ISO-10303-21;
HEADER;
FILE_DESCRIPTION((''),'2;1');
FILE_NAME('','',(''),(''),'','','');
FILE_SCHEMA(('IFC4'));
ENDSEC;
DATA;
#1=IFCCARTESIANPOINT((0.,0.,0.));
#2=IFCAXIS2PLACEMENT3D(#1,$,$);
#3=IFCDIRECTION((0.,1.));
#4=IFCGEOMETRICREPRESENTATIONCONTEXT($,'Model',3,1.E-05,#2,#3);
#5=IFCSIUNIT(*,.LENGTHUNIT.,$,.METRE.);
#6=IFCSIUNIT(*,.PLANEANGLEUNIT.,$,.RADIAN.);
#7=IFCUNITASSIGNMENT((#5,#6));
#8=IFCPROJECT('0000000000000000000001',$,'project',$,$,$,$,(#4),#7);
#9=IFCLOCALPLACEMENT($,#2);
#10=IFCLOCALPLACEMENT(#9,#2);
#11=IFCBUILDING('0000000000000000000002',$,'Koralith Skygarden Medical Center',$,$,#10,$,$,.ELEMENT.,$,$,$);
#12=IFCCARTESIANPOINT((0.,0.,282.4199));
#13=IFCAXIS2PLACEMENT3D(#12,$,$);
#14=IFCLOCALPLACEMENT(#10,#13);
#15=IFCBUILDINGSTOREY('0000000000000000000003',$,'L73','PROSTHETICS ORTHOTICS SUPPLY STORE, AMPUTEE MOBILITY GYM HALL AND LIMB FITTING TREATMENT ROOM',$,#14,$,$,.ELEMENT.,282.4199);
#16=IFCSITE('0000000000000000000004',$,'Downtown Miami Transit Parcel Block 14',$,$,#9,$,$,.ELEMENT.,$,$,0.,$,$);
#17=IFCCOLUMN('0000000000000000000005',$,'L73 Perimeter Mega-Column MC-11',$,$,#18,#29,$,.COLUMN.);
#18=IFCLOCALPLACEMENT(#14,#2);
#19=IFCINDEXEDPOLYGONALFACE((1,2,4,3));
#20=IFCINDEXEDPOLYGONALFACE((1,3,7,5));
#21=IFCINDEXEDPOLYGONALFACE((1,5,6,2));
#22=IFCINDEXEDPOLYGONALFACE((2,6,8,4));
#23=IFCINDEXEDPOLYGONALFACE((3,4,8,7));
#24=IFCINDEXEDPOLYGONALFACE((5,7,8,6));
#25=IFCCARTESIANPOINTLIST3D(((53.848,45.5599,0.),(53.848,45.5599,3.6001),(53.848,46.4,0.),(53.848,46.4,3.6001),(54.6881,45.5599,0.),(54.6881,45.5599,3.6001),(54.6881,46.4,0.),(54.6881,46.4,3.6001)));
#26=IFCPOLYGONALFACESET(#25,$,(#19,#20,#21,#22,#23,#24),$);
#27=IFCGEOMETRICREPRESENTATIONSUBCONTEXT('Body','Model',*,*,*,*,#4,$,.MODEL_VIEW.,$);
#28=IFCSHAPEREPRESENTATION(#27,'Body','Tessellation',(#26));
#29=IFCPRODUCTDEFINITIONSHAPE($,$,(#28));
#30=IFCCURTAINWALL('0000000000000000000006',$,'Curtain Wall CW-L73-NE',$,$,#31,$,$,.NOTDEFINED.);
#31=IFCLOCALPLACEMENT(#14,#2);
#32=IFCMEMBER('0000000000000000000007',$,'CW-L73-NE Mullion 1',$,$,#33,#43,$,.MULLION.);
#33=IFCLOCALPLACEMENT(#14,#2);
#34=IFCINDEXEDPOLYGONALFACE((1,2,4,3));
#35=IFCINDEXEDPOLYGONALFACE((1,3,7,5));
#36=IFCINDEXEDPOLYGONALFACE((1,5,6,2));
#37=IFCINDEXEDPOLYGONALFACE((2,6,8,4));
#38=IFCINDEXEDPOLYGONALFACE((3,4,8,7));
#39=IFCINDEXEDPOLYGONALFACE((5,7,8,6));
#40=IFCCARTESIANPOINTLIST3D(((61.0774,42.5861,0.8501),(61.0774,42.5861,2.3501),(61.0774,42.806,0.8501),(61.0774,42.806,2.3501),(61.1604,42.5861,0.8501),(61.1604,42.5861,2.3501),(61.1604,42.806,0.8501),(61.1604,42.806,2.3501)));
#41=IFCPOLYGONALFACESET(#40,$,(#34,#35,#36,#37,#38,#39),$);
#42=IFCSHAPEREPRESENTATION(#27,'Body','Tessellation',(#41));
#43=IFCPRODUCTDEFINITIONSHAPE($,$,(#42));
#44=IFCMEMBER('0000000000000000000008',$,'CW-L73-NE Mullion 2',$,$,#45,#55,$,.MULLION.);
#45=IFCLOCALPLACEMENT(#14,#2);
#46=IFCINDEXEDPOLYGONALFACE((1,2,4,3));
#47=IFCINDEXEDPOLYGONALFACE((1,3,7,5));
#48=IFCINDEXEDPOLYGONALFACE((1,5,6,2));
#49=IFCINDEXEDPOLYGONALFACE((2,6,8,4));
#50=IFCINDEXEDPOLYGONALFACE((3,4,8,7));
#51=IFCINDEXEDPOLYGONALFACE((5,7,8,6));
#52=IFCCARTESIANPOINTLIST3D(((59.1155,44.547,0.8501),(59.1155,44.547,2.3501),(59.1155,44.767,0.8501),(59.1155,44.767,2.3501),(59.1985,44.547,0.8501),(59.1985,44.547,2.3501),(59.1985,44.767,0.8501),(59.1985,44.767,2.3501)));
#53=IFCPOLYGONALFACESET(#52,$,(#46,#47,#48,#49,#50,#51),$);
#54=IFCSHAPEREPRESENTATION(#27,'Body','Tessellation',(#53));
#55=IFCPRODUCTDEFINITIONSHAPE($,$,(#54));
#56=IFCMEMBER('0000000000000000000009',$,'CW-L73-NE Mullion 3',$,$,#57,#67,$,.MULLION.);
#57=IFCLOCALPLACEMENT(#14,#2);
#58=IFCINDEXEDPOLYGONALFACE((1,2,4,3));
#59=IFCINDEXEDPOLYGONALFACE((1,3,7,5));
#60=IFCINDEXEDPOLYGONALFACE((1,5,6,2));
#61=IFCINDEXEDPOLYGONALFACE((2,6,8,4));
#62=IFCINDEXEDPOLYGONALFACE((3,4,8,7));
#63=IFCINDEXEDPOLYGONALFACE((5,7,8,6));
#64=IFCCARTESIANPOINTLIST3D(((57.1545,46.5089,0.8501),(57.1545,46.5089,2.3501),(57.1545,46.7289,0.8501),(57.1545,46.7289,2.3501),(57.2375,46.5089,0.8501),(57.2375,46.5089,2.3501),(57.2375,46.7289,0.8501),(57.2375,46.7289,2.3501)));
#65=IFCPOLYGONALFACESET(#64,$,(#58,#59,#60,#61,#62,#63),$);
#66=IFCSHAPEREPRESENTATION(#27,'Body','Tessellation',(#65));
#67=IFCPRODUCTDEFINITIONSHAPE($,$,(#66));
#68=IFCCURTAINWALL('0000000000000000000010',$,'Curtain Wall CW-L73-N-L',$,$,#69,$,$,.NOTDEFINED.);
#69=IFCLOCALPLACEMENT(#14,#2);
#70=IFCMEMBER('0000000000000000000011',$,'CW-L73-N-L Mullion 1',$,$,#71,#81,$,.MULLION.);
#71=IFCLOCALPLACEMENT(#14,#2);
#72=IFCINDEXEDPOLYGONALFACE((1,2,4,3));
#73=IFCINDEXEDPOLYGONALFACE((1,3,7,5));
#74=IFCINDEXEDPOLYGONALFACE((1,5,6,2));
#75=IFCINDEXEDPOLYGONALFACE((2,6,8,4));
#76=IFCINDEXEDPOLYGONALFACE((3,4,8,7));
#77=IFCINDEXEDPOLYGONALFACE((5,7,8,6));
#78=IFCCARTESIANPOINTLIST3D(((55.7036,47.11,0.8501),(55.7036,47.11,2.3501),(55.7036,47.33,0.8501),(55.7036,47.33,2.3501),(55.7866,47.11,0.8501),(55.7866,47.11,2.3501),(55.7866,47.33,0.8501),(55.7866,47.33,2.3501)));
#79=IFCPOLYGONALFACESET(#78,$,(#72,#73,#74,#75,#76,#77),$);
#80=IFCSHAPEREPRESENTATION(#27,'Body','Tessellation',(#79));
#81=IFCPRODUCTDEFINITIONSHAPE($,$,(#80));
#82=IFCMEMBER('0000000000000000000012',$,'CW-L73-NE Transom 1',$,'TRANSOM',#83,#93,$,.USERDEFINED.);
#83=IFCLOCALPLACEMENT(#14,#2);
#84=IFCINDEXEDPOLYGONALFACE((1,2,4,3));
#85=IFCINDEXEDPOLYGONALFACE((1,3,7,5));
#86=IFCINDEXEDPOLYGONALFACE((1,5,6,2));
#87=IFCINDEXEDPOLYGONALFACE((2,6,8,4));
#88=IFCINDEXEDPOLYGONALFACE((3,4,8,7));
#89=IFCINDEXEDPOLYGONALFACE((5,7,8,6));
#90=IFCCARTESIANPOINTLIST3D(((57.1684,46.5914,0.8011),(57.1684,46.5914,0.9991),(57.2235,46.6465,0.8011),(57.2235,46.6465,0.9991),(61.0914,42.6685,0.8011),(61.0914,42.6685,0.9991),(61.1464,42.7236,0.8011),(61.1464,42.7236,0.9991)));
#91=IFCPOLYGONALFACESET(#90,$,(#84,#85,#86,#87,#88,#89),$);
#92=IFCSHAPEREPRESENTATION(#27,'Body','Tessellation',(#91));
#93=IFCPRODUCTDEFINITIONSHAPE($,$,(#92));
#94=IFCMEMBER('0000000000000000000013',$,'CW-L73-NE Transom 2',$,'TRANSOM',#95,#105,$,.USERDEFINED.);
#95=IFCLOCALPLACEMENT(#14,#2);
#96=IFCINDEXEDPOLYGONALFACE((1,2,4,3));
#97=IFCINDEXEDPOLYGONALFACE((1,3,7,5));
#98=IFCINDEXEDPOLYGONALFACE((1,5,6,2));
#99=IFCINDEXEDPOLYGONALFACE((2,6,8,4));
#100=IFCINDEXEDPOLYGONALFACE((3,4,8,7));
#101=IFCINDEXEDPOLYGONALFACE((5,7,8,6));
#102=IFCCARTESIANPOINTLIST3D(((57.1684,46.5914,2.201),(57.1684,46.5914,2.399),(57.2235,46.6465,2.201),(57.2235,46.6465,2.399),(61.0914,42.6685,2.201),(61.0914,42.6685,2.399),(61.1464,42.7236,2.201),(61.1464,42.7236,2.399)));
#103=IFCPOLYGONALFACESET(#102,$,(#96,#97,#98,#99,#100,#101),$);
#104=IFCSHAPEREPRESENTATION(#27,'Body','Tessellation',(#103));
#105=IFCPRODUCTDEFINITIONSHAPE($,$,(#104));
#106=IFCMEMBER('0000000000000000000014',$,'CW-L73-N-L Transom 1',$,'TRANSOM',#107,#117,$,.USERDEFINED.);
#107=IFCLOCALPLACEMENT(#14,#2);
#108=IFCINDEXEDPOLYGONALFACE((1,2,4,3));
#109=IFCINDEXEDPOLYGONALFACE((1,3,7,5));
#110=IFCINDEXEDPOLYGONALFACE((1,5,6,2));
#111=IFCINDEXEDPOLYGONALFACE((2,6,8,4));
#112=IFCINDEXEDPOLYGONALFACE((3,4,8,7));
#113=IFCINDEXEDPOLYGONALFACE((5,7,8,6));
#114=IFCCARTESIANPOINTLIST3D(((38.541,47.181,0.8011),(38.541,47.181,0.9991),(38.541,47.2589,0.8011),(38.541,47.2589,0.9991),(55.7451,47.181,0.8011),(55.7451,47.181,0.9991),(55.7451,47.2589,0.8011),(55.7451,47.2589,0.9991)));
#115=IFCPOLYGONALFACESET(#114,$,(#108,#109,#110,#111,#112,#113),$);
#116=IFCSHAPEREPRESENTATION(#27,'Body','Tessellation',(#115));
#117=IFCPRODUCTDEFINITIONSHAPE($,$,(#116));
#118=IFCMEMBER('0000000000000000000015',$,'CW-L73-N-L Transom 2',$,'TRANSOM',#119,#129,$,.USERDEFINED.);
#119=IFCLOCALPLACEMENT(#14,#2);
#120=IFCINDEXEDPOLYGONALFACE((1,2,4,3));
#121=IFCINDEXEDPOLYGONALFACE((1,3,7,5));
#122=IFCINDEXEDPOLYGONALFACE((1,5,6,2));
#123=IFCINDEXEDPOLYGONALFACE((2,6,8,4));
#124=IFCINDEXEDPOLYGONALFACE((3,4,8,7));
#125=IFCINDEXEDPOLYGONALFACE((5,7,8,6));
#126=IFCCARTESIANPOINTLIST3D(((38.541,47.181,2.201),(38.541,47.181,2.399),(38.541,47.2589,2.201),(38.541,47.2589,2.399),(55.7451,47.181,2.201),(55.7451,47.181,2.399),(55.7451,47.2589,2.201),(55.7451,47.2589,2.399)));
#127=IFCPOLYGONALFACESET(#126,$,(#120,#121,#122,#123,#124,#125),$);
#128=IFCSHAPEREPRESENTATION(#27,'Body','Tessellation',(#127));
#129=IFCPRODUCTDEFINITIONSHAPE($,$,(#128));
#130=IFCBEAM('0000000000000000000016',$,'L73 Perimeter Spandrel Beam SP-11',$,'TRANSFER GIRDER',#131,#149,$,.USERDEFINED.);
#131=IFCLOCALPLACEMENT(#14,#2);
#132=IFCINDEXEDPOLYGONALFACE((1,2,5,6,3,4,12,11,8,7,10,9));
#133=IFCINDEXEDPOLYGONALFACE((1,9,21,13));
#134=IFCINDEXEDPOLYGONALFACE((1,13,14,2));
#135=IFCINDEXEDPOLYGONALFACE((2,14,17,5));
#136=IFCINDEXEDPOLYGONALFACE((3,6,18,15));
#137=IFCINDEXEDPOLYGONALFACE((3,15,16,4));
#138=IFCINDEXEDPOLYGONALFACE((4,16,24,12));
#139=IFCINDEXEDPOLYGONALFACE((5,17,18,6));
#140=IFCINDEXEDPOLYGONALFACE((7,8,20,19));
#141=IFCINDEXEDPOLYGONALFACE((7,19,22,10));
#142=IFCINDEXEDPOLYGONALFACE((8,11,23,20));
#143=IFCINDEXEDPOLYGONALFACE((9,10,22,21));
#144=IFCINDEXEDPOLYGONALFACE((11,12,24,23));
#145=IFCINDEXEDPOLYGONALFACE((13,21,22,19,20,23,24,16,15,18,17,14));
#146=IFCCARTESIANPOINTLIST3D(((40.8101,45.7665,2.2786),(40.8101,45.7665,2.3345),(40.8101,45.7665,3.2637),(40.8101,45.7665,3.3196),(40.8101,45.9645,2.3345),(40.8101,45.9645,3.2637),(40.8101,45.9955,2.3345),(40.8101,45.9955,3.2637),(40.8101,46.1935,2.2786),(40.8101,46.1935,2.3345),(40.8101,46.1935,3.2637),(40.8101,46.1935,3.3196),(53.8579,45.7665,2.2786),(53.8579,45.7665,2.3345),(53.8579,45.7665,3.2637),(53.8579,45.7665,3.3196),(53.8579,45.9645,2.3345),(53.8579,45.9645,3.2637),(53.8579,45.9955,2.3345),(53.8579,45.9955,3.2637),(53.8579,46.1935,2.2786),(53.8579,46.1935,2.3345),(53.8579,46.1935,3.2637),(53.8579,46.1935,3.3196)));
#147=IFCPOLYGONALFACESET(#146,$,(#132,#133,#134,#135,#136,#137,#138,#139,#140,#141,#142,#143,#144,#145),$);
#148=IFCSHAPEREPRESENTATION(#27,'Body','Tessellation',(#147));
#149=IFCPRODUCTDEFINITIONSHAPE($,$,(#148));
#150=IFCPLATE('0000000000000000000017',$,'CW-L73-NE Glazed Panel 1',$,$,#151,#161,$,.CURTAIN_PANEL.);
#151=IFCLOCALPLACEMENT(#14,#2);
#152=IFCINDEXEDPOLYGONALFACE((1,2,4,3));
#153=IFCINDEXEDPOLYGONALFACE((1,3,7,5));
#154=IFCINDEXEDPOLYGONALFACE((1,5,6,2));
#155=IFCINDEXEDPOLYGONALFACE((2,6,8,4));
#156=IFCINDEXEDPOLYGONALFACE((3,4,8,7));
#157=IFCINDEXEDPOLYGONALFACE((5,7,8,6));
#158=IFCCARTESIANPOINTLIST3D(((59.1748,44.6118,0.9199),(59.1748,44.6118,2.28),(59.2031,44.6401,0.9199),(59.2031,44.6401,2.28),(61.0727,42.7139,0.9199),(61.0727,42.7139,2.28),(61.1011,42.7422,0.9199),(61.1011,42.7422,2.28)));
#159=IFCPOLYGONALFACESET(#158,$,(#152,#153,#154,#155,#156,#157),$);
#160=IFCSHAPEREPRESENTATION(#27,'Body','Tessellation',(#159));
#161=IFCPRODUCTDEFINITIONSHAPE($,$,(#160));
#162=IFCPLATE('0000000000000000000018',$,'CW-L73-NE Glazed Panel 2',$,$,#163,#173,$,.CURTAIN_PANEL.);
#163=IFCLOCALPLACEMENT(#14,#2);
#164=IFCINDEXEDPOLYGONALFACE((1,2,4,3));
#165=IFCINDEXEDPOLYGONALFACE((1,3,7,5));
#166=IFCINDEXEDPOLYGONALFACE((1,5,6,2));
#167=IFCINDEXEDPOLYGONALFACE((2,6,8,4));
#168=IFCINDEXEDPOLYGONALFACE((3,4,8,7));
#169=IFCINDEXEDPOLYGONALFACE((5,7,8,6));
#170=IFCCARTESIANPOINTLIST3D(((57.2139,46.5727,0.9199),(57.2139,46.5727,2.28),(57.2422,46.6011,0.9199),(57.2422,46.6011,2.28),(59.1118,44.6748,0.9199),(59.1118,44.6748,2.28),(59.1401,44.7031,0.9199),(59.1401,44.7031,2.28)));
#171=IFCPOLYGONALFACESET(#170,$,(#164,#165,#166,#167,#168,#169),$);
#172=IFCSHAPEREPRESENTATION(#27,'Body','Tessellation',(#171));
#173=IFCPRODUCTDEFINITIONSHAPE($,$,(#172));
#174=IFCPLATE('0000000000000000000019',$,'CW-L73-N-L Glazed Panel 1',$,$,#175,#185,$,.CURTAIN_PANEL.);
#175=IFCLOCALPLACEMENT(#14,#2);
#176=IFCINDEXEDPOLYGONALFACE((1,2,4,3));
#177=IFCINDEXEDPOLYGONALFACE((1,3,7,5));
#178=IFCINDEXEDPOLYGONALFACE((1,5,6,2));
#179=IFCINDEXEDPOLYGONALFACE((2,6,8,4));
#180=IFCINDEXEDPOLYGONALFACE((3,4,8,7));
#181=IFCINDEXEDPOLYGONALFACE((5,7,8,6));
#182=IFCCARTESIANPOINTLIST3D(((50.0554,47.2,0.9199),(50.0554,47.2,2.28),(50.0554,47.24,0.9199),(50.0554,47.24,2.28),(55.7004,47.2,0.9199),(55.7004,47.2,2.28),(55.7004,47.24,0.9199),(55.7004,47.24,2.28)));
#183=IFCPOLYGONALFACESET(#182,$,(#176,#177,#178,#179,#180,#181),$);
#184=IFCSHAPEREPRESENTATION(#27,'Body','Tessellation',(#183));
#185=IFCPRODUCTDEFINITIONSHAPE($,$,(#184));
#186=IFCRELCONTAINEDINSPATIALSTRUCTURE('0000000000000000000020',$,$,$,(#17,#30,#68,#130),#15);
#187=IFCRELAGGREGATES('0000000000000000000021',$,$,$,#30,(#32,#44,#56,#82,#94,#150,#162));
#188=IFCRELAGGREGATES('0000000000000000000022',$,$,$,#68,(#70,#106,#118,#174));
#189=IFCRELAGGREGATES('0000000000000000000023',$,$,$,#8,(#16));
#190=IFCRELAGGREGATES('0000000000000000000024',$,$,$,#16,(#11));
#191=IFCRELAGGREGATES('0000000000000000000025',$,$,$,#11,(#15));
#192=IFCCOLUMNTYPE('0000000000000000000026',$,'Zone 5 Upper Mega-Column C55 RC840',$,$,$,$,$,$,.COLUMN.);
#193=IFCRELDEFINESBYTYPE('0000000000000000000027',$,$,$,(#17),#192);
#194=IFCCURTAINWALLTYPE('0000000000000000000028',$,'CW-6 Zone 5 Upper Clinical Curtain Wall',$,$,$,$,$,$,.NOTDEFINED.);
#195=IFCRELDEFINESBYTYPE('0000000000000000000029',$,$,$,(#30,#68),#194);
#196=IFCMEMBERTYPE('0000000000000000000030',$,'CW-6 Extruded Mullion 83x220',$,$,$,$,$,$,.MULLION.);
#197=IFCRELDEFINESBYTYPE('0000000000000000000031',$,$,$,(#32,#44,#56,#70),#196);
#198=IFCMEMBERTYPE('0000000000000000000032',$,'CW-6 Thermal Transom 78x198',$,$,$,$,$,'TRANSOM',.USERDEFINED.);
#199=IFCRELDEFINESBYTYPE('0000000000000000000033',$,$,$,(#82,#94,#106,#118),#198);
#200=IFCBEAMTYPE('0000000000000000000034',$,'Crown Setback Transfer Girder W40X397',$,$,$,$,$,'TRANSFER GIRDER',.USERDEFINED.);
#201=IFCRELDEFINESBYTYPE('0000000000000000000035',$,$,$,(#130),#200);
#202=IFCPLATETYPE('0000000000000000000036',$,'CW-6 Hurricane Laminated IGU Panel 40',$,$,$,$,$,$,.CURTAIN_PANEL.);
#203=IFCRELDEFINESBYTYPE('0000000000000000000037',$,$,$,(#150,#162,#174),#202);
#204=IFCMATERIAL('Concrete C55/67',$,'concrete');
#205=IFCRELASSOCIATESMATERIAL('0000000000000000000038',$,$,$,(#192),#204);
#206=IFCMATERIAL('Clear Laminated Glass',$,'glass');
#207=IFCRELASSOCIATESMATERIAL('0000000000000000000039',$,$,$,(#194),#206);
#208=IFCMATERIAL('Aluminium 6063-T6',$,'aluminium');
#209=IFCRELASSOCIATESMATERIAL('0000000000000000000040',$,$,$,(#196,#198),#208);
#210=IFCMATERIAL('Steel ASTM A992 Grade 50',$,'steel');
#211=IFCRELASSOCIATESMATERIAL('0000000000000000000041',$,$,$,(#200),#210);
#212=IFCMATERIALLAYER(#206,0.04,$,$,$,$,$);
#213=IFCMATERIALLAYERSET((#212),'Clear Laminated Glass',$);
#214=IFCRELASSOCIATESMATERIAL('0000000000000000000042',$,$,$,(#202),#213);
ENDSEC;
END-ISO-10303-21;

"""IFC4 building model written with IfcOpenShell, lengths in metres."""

from ifc_helpers import new_model, si_unit, direction, frame, origin, origin_2d, place, context, subcontext, project, spatial, rectangle, i_section, extrude, material, layer, layer_set, material_profile, profile_set, type_object, element, aggregate, save


model = new_model("IFC4")

# Units and contexts
model_context = context("Model", 3, precision=1e-05, world=origin(), true_north=direction((0.0, 1.0)))
body_context = subcontext(model_context, "Body", "Model", "MODEL_VIEW")
ifc_project = project(units=[si_unit("LENGTHUNIT", "METRE"), si_unit("PLANEANGLEUNIT", "RADIAN")], contexts=[model_context])

# Site, building, storey
site_placement = place(None, origin())
site = spatial("IfcSite", under=ifc_project, at=site_placement, Name="Downtown Miami Transit Parcel Block 14", CompositionType="ELEMENT", RefElevation=0.0)
building_placement = place(site_placement, origin())
building = spatial("IfcBuilding", under=site, at=building_placement, Name="Koralith Skygarden Medical Center", CompositionType="ELEMENT")
storey_placement = place(building_placement, frame((0.0, 0.0, 282.4199)))
storey = spatial("IfcBuildingStorey", under=building, at=storey_placement, Name="L73", Description="PROSTHETICS ORTHOTICS SUPPLY STORE, AMPUTEE MOBILITY GYM HALL AND LIMB FITTING TREATMENT ROOM", CompositionType="ELEMENT", Elevation=282.4199)

# Column
ifc_material_1 = material(Name="Concrete C55/67", Category="concrete")
ifc_material_profile_1 = material_profile(ifc_material_1, rectangle(XDim=0.8401, YDim=0.8401, at=origin_2d()), Name="RC840X840")
ifc_profile_set_1 = profile_set([ifc_material_profile_1], Name="Concrete C55/67")
column_type = type_object("IfcColumnType", Name="Zone 5 Upper Mega-Column C55 RC840", PredefinedType="COLUMN", material=ifc_profile_set_1)
column_placement = place(storey_placement, frame((54.2681, 45.98, 0.0), z_axis=(0.0, 0.0, 1.0), x_axis=(1.0, 0.0, 0.0)))
element("IfcColumn", 1, at=column_placement, inside=storey, type_object=column_type, Name="L73 Perimeter Mega-Column MC-11", PredefinedType="COLUMN", context=body_context, shape_type="SweptSolid", body=[
    extrude(rectangle(XDim=0.8401, YDim=0.8401, at=origin_2d()), origin(), (0.0, 0.0, 1.0), 3.6001),
])

# Curtain wall, members
ifc_material_2 = material(Name="Clear Laminated Glass", Category="glass")
curtain_wall_type = type_object("IfcCurtainWallType", Name="CW-6 Zone 5 Upper Clinical Curtain Wall", PredefinedType="NOTDEFINED", material=ifc_material_2)
curtain_wall_1_placement = place(storey_placement, origin())
curtain_wall_1 = element("IfcCurtainWall", 2, at=curtain_wall_1_placement, inside=storey, type_object=curtain_wall_type, Name="Curtain Wall CW-L73-NE", PredefinedType="NOTDEFINED")
ifc_material_3 = material(Name="Aluminium 6063-T6", Category="aluminium")
ifc_material_profile_2 = material_profile(ifc_material_3, rectangle(XDim=0.083, YDim=0.22, at=origin_2d()), Name="MUL83X220")
ifc_profile_set_2 = profile_set([ifc_material_profile_2], Name="Aluminium 6063-T6")
member_type_1 = type_object("IfcMemberType", Name="CW-6 Extruded Mullion 83x220", PredefinedType="MULLION", material=ifc_profile_set_2)
member_1_placement = place(storey_placement, frame((61.1189, 42.696, 0.8501), z_axis=(0.0, 0.0, 1.0), x_axis=(1.0, 0.0, 0.0)))
member_1 = element("IfcMember", 3, at=member_1_placement, type_object=member_type_1, Name="CW-L73-NE Mullion 1", PredefinedType="MULLION", context=body_context, shape_type="SweptSolid", body=[
    extrude(rectangle(XDim=0.083, YDim=0.22, at=origin_2d()), origin(), (0.0, 0.0, 1.0), 1.5),
])
member_2_placement = place(storey_placement, frame((59.157, 44.657, 0.8501), z_axis=(0.0, 0.0, 1.0), x_axis=(1.0, 0.0, 0.0)))
member_2 = element("IfcMember", 4, at=member_2_placement, type_object=member_type_1, Name="CW-L73-NE Mullion 2", PredefinedType="MULLION", context=body_context, shape_type="SweptSolid", body=[
    extrude(rectangle(XDim=0.083, YDim=0.22, at=origin_2d()), origin(), (0.0, 0.0, 1.0), 1.5),
])
member_3_placement = place(storey_placement, frame((57.196, 46.6189, 0.8501), z_axis=(0.0, 0.0, 1.0), x_axis=(1.0, 0.0, 0.0)))
member_3 = element("IfcMember", 5, at=member_3_placement, type_object=member_type_1, Name="CW-L73-NE Mullion 3", PredefinedType="MULLION", context=body_context, shape_type="SweptSolid", body=[
    extrude(rectangle(XDim=0.083, YDim=0.22, at=origin_2d()), origin(), (0.0, 0.0, 1.0), 1.5),
])

# Curtain wall, member
curtain_wall_2_placement = place(storey_placement, origin())
curtain_wall_2 = element("IfcCurtainWall", 6, at=curtain_wall_2_placement, inside=storey, type_object=curtain_wall_type, Name="Curtain Wall CW-L73-N-L", PredefinedType="NOTDEFINED")
member_4_placement = place(storey_placement, frame((55.7451, 47.22, 0.8501), z_axis=(0.0, 0.0, 1.0), x_axis=(1.0, 0.0, 0.0)))
member_4 = element("IfcMember", 7, at=member_4_placement, type_object=member_type_1, Name="CW-L73-N-L Mullion 1", PredefinedType="MULLION", context=body_context, shape_type="SweptSolid", body=[
    extrude(rectangle(XDim=0.083, YDim=0.22, at=origin_2d()), origin(), (0.0, 0.0, 1.0), 1.5),
])

# Members
ifc_material_profile_3 = material_profile(ifc_material_3, rectangle(XDim=0.0779, YDim=0.198, at=origin_2d()), Name="TRN78X198")
ifc_profile_set_3 = profile_set([ifc_material_profile_3], Name="Aluminium 6063-T6")
member_type_2 = type_object("IfcMemberType", Name="CW-6 Thermal Transom 78x198", ElementType="TRANSOM", PredefinedType="USERDEFINED", material=ifc_profile_set_3)
member_5_placement = place(storey_placement, frame((61.1189, 42.696, 0.9001), z_axis=(-0.707107, 0.707107, 0.0), x_axis=(-0.707107, -0.707107, 0.0)))
member_5 = element("IfcMember", 8, at=member_5_placement, type_object=member_type_2, Name="CW-L73-NE Transom 1", ObjectType="TRANSOM", PredefinedType="USERDEFINED", context=body_context, shape_type="SweptSolid", body=[
    extrude(rectangle(XDim=0.0779, YDim=0.198, at=origin_2d()), origin(), (0.0, 0.0, 1.0), 5.5479),
])
member_6_placement = place(storey_placement, frame((61.1189, 42.696, 2.3), z_axis=(-0.707107, 0.707107, 0.0), x_axis=(-0.707107, -0.707107, 0.0)))
member_6 = element("IfcMember", 9, at=member_6_placement, type_object=member_type_2, Name="CW-L73-NE Transom 2", ObjectType="TRANSOM", PredefinedType="USERDEFINED", context=body_context, shape_type="SweptSolid", body=[
    extrude(rectangle(XDim=0.0779, YDim=0.198, at=origin_2d()), origin(), (0.0, 0.0, 1.0), 5.5479),
])
member_7_placement = place(storey_placement, frame((55.7451, 47.22, 0.9001), z_axis=(-1.0, 0.0, 0.0), x_axis=(0.0, -1.0, 0.0)))
member_7 = element("IfcMember", 10, at=member_7_placement, type_object=member_type_2, Name="CW-L73-N-L Transom 1", ObjectType="TRANSOM", PredefinedType="USERDEFINED", context=body_context, shape_type="SweptSolid", body=[
    extrude(rectangle(XDim=0.0779, YDim=0.198, at=origin_2d()), origin(), (0.0, 0.0, 1.0), 17.2041),
])
member_8_placement = place(storey_placement, frame((55.7451, 47.22, 2.3), z_axis=(-1.0, 0.0, 0.0), x_axis=(0.0, -1.0, 0.0)))
member_8 = element("IfcMember", 11, at=member_8_placement, type_object=member_type_2, Name="CW-L73-N-L Transom 2", ObjectType="TRANSOM", PredefinedType="USERDEFINED", context=body_context, shape_type="SweptSolid", body=[
    extrude(rectangle(XDim=0.0779, YDim=0.198, at=origin_2d()), origin(), (0.0, 0.0, 1.0), 17.2041),
])

# Beam
ifc_material_4 = material(Name="Steel ASTM A992 Grade 50", Category="steel")
ifc_material_profile_4 = material_profile(ifc_material_4, i_section(OverallWidth=0.427, OverallDepth=1.041, WebThickness=0.031, FlangeThickness=0.0559, at=origin_2d()), Name="W40X397")
ifc_profile_set_4 = profile_set([ifc_material_profile_4], Name="Steel ASTM A992 Grade 50")
beam_type = type_object("IfcBeamType", Name="Crown Setback Transfer Girder W40X397", ElementType="TRANSFER GIRDER", PredefinedType="USERDEFINED", material=ifc_profile_set_4)
beam_placement = place(storey_placement, frame((53.8579, 45.98, 2.7991), z_axis=(-1.0, 0.0, 0.0), x_axis=(0.0, -1.0, 0.0)))
element("IfcBeam", 12, at=beam_placement, inside=storey, type_object=beam_type, Name="L73 Perimeter Spandrel Beam SP-11", ObjectType="TRANSFER GIRDER", PredefinedType="USERDEFINED", context=body_context, shape_type="SweptSolid", body=[
    extrude(i_section(OverallWidth=0.427, OverallDepth=1.041, WebThickness=0.031, FlangeThickness=0.0559, at=origin_2d()), origin(), (0.0, 0.0, 1.0), 13.0479),
])

# Plates
ifc_layer_1 = layer(ifc_material_2, 0.04)
ifc_layer_set_1 = layer_set([ifc_layer_1], Name="Clear Laminated Glass")
plate_type_1 = type_object("IfcPlateType", Name="CW-6 Hurricane Laminated IGU Panel 40", PredefinedType="CURTAIN_PANEL", material=ifc_layer_set_1)
plate_1_placement = place(storey_placement, frame((60.1379, 43.677, 0.9199), z_axis=(0.0, 0.0, 1.0), x_axis=(-0.707107, 0.707107, 0.0)))
plate_1 = element("IfcPlate", 13, at=plate_1_placement, type_object=plate_type_1, Name="CW-L73-NE Glazed Panel 1", PredefinedType="CURTAIN_PANEL", context=body_context, shape_type="SweptSolid", body=[
    extrude(rectangle(XDim=2.6841, YDim=0.04, at=origin_2d()), origin(), (0.0, 0.0, 1.0), 1.3601),
])
plate_2_placement = place(storey_placement, frame((58.177, 45.6379, 0.9199), z_axis=(0.0, 0.0, 1.0), x_axis=(-0.707107, 0.707107, 0.0)))
plate_2 = element("IfcPlate", 14, at=plate_2_placement, type_object=plate_type_1, Name="CW-L73-NE Glazed Panel 2", PredefinedType="CURTAIN_PANEL", context=body_context, shape_type="SweptSolid", body=[
    extrude(rectangle(XDim=2.6841, YDim=0.04, at=origin_2d()), origin(), (0.0, 0.0, 1.0), 1.3601),
])
aggregate(curtain_wall_1, [member_1, member_2, member_3, member_5, member_6, plate_1, plate_2])
plate_3_placement = place(storey_placement, frame((52.8779, 47.22, 0.9199), z_axis=(0.0, 0.0, 1.0), x_axis=(-1.0, 0.0, 0.0)))
plate_3 = element("IfcPlate", 15, at=plate_3_placement, type_object=plate_type_1, Name="CW-L73-N-L Glazed Panel 1", PredefinedType="CURTAIN_PANEL", context=body_context, shape_type="SweptSolid", body=[
    extrude(rectangle(XDim=5.645, YDim=0.04, at=origin_2d()), origin(), (0.0, 0.0, 1.0), 1.3601),
])
aggregate(curtain_wall_2, [member_4, member_7, member_8, plate_3])

save(model, "model.ifc")
